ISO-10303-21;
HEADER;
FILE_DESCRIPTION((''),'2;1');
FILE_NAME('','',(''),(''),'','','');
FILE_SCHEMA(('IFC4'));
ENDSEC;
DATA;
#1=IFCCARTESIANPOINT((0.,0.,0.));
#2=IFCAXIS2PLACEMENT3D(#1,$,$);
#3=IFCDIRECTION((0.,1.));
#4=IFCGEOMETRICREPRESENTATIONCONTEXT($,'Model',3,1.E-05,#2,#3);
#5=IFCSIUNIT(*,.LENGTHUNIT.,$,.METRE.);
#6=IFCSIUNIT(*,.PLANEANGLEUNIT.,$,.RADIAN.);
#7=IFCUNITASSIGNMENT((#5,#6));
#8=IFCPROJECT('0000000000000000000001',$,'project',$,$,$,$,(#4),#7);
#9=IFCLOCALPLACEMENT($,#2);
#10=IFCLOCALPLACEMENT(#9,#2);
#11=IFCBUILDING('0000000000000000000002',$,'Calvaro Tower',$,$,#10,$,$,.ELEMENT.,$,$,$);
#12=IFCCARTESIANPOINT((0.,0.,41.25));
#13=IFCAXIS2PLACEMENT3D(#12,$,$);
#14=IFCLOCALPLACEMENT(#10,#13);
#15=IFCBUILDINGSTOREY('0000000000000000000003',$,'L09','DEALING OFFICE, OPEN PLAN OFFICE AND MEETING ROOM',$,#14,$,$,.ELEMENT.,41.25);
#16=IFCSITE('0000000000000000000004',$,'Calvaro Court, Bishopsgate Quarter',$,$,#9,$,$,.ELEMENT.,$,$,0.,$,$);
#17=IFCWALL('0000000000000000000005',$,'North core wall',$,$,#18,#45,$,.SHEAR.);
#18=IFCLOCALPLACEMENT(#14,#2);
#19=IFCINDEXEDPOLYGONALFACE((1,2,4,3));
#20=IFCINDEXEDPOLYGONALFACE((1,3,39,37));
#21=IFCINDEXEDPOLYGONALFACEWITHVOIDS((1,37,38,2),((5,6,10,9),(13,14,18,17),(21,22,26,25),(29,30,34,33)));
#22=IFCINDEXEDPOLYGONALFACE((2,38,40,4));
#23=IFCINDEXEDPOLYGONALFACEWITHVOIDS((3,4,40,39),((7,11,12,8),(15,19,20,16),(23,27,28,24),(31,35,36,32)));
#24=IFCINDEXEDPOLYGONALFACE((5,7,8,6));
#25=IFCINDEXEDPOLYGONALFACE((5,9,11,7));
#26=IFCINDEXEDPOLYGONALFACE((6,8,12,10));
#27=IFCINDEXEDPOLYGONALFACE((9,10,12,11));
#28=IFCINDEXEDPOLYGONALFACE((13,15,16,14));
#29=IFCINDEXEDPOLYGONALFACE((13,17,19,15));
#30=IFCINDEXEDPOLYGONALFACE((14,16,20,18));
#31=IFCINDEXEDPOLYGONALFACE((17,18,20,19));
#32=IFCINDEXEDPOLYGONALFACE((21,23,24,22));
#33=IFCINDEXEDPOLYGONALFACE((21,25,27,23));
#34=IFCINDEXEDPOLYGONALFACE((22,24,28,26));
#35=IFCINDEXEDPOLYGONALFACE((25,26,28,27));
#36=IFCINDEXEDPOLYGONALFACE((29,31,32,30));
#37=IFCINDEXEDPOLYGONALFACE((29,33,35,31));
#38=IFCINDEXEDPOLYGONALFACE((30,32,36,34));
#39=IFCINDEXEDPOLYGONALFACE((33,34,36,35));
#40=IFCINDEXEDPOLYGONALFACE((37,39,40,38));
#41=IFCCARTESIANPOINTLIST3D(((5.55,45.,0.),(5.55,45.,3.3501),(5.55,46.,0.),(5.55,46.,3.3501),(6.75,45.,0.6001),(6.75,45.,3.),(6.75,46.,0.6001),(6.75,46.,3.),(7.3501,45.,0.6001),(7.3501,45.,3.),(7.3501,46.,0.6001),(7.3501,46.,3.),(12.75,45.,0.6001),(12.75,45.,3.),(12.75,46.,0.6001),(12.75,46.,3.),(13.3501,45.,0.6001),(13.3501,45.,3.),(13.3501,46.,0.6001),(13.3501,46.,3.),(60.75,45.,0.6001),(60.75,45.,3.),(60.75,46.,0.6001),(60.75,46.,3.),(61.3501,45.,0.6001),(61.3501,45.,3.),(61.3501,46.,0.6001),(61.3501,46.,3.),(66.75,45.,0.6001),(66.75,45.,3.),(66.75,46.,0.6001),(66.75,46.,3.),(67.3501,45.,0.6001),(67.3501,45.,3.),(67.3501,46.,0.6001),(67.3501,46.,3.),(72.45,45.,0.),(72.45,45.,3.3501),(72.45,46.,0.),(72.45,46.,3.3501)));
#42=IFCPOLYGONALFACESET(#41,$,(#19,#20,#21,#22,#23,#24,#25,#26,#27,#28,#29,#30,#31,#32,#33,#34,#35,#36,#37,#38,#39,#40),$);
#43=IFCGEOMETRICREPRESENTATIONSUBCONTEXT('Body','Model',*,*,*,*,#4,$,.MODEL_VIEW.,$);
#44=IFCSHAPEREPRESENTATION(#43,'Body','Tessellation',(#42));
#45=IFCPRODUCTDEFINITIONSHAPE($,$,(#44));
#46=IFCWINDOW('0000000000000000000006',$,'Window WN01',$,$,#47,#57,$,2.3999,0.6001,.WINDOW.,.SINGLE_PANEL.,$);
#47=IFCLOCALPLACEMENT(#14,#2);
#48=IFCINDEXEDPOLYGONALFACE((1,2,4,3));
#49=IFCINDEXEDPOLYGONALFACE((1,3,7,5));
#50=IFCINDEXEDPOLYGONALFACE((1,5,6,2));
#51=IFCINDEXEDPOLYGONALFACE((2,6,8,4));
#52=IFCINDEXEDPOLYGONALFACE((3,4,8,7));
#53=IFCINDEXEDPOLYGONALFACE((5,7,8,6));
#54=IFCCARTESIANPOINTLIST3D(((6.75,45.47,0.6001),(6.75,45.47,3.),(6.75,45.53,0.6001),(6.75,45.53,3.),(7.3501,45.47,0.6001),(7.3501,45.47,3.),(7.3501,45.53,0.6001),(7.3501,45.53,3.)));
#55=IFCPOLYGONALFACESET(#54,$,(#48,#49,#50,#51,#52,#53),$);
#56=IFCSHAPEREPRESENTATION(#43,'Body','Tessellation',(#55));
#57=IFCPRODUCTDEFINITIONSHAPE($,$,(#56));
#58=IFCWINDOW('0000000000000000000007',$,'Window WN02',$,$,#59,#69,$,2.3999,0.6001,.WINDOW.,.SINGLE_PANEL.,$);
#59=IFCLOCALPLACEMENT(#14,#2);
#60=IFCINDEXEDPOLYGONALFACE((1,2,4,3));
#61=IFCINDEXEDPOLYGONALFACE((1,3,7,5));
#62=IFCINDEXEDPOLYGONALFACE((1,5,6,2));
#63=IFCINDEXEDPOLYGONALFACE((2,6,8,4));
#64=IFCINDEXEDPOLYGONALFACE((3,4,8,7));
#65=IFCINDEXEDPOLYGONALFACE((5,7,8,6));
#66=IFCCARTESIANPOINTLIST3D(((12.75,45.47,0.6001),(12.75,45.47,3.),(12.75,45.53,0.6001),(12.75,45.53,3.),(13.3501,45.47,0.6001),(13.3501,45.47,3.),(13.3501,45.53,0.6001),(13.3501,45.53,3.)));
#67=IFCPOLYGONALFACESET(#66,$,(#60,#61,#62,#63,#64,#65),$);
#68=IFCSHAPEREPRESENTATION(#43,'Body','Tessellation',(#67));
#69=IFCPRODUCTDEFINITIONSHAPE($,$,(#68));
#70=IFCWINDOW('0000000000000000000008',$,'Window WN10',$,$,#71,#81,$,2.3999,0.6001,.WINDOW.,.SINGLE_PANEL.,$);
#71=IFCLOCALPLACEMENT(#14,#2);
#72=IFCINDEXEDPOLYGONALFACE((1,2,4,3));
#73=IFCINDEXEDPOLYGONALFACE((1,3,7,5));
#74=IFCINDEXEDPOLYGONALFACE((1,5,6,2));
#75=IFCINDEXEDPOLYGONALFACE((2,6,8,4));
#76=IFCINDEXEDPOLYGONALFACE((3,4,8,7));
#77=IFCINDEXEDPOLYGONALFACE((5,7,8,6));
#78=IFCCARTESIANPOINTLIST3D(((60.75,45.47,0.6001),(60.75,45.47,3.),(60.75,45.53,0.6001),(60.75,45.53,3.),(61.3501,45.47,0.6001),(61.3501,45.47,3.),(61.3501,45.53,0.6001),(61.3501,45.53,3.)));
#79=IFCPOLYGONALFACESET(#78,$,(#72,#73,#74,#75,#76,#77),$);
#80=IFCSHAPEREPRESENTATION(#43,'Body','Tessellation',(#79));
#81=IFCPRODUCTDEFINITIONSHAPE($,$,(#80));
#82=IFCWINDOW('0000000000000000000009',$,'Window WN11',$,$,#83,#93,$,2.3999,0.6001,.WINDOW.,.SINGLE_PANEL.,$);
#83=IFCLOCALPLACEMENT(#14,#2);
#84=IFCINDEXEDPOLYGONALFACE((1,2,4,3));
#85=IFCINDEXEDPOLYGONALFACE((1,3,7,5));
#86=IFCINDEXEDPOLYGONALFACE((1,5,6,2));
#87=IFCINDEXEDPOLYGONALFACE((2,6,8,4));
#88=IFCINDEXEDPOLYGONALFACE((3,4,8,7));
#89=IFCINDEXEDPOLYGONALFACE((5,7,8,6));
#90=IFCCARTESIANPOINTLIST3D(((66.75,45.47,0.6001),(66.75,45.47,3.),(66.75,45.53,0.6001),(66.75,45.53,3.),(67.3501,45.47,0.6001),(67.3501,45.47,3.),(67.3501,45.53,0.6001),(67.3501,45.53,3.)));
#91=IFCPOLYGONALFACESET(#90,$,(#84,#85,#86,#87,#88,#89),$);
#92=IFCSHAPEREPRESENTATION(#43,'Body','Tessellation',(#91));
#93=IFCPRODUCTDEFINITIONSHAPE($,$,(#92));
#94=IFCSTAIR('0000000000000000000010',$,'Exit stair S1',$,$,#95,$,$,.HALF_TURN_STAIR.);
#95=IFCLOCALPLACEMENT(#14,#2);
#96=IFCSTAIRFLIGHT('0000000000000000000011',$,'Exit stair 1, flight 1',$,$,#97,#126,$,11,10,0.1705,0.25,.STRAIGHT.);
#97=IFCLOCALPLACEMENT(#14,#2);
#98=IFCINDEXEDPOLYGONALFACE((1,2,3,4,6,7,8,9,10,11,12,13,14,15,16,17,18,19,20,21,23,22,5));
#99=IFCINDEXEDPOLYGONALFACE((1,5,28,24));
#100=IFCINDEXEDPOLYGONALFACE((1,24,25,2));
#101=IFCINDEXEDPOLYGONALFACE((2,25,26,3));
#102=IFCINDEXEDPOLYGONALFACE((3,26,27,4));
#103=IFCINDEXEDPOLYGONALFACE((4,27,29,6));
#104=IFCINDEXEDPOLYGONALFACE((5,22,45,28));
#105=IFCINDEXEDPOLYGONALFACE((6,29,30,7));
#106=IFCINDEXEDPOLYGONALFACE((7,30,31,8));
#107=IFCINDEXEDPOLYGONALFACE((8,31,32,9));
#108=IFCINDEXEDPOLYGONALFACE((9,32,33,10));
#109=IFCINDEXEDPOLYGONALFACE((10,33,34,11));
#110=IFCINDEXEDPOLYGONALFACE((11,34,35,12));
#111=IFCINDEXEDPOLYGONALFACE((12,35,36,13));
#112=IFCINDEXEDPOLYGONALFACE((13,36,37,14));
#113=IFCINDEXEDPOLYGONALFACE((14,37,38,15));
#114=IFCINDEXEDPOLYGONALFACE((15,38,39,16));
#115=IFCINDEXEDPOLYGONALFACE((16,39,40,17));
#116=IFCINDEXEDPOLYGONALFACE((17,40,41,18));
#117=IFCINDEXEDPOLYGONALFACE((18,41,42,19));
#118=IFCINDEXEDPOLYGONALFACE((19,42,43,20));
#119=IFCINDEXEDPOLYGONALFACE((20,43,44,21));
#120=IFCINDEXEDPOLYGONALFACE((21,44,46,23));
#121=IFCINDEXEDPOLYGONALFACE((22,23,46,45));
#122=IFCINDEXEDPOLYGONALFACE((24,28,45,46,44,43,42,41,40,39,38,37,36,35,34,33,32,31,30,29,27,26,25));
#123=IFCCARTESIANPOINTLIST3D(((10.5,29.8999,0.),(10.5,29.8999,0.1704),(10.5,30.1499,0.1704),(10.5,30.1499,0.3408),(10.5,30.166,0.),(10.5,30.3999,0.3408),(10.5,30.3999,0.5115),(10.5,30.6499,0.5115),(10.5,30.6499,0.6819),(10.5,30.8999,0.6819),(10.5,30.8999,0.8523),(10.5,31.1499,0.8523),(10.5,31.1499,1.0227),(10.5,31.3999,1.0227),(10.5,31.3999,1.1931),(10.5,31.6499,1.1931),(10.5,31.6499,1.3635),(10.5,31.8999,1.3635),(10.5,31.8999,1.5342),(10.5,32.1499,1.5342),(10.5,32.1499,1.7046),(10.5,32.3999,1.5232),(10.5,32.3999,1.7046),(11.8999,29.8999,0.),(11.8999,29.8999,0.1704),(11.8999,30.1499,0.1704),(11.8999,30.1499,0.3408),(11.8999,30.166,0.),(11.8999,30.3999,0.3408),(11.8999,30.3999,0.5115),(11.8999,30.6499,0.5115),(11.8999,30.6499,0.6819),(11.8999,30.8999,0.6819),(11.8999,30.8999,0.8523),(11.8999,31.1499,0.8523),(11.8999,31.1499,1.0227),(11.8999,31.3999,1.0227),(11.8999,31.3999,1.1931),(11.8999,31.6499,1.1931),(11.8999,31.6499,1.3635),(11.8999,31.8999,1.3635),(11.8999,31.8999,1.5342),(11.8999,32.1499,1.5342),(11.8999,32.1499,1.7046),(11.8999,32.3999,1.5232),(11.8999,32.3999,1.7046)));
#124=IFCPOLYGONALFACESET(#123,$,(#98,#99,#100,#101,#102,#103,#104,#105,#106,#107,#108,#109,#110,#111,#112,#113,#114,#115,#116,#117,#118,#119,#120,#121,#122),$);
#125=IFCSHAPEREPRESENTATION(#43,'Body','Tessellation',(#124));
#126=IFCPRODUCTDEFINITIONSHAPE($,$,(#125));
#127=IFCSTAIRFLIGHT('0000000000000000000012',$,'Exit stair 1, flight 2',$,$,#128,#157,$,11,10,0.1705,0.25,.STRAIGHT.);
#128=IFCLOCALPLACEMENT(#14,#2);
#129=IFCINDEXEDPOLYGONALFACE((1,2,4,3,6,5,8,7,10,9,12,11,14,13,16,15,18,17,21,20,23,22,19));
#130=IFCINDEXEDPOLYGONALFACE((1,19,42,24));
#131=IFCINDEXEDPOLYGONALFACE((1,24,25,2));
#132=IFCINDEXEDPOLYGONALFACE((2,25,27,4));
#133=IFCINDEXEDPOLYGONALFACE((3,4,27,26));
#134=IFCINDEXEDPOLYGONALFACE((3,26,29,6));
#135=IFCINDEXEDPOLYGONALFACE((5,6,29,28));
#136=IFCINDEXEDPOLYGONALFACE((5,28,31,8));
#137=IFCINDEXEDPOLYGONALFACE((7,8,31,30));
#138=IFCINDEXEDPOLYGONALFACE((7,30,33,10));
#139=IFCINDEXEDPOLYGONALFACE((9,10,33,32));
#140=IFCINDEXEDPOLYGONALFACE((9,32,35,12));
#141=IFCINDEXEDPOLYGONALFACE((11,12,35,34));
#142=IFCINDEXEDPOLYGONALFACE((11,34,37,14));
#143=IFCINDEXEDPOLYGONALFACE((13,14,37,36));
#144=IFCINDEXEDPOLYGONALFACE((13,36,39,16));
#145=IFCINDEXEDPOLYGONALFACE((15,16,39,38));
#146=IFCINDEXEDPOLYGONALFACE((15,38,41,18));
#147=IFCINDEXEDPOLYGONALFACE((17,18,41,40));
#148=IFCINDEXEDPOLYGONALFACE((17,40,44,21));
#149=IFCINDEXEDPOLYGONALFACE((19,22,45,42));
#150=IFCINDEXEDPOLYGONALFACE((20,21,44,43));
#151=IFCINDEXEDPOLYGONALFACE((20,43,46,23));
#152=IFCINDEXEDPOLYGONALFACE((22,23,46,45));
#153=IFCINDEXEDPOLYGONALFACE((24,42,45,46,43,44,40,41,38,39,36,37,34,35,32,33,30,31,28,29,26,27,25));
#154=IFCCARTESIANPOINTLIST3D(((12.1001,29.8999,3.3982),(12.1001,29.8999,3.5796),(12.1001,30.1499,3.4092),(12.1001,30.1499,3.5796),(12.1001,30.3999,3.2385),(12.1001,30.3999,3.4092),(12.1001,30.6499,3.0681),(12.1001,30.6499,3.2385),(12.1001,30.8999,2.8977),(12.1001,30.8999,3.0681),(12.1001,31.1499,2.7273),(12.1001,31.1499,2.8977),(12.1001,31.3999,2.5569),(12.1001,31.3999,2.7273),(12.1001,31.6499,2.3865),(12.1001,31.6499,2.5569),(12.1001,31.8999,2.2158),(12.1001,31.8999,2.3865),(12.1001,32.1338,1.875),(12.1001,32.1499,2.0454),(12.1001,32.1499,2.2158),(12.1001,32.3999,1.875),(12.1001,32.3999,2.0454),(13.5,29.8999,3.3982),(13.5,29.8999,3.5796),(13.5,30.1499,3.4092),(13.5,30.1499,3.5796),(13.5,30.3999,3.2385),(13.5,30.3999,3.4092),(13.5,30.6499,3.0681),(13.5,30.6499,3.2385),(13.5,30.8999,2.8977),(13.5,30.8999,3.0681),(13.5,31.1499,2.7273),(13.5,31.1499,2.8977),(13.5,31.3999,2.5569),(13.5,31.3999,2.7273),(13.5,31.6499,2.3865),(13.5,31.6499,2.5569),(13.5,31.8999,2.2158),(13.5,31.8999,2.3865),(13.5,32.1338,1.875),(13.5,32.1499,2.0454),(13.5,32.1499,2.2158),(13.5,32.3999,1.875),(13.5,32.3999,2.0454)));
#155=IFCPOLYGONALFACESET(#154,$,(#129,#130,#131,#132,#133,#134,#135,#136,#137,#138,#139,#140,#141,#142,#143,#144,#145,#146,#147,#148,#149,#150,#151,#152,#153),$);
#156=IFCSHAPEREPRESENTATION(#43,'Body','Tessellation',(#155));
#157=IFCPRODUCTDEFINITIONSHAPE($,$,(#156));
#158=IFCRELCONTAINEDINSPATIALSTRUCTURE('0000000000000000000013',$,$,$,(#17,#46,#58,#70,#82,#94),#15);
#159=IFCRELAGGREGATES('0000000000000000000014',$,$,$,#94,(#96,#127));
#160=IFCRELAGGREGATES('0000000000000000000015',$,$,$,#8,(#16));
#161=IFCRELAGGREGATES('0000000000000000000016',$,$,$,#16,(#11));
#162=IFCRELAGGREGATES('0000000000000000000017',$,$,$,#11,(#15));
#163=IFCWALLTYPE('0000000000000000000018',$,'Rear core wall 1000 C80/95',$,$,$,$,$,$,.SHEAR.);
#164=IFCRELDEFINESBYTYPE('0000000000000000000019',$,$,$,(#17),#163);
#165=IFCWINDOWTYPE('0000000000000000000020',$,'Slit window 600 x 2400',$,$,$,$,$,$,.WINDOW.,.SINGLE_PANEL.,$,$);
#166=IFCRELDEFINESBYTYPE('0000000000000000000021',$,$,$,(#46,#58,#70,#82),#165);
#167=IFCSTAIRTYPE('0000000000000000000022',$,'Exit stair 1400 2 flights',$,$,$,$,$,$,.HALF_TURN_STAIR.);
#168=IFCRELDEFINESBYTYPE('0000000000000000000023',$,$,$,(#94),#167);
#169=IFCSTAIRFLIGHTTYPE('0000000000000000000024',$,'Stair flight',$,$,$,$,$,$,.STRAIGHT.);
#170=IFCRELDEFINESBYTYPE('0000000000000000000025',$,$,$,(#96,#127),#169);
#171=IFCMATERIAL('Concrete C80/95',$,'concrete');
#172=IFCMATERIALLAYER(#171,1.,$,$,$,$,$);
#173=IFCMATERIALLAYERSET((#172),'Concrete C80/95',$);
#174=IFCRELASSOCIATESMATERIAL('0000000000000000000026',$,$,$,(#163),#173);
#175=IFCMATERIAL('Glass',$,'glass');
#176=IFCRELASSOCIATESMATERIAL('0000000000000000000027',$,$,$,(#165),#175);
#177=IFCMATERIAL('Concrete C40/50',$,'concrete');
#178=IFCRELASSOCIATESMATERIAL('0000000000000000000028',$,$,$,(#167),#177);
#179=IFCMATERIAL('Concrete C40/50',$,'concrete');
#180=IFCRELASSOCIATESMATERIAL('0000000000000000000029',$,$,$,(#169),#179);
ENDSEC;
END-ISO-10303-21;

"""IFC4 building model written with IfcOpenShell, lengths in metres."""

from ifc_helpers import new_model, si_unit, direction, frame, frame_2d, origin, place, context, subcontext, project, spatial, polyline, rectangle, outline, extrude, material, layer, layer_set, type_object, element, fill, aggregate, save


model = new_model("IFC4")

# Units and contexts
model_context = context("Model", 3, precision=1e-05, world=origin(), true_north=direction((0.0, 1.0)))
body_context = subcontext(model_context, "Body", "Model", "MODEL_VIEW")
ifc_project = project(units=[si_unit("LENGTHUNIT", "METRE"), si_unit("PLANEANGLEUNIT", "RADIAN")], contexts=[model_context])

# Site, building, storey
site_placement = place(None, origin())
site = spatial("IfcSite", under=ifc_project, at=site_placement, Name="Calvaro Court, Bishopsgate Quarter", CompositionType="ELEMENT", RefElevation=0.0)
building_placement = place(site_placement, origin())
building = spatial("IfcBuilding", under=site, at=building_placement, Name="Calvaro Tower", CompositionType="ELEMENT")
storey_placement = place(building_placement, frame((0.0, 0.0, 41.25)))
storey = spatial("IfcBuildingStorey", under=building, at=storey_placement, Name="L09", Description="DEALING OFFICE, OPEN PLAN OFFICE AND MEETING ROOM", CompositionType="ELEMENT", Elevation=41.25)

# Wall, openings, windows
ifc_material_1 = material(Name="Concrete C80/95", Category="concrete")
ifc_layer_1 = layer(ifc_material_1, 1.0)
ifc_layer_set_1 = layer_set([ifc_layer_1], Name="Concrete C80/95")
wall_type_1 = type_object("IfcWallType", Name="Rear core wall 1000 C80/95", PredefinedType="SHEAR", material=ifc_layer_set_1)
wall_1_placement = place(storey_placement, frame((5.55, 45.5, 0.0), z_axis=(0.0, 0.0, 1.0), x_axis=(1.0, 0.0, 0.0)))
wall_1 = element("IfcWall", 1, at=wall_1_placement, inside=storey, type_object=wall_type_1, Name="North core wall", PredefinedType="SHEAR", context=body_context, shape_type="SweptSolid", body=[
    extrude(rectangle(XDim=66.8999, YDim=1.0, at=frame_2d((33.45, 0.0))), origin(), (0.0, 0.0, 1.0), 3.3501),
])
opening_1_placement = place(wall_1_placement, frame((1.2, 0.0, 0.6001)))
opening_1 = element("IfcOpeningElement", 2, at=opening_1_placement, cuts=wall_1, PredefinedType="OPENING", context=body_context, shape_type="SweptSolid", body=[
    extrude(rectangle(XDim=0.6001, YDim=2.3999, at=frame_2d((0.3, 1.2))), frame((0.0, 0.51, 0.0), z_axis=(0.0, -1.0, 0.0), x_axis=(1.0, 0.0, 0.0)), (0.0, 0.0, 1.0), 1.02),
])
opening_2_placement = place(wall_1_placement, frame((7.2, 0.0, 0.6001)))
opening_2 = element("IfcOpeningElement", 3, at=opening_2_placement, cuts=wall_1, PredefinedType="OPENING", context=body_context, shape_type="SweptSolid", body=[
    extrude(rectangle(XDim=0.6001, YDim=2.3999, at=frame_2d((0.3, 1.2))), frame((0.0, 0.51, 0.0), z_axis=(0.0, -1.0, 0.0), x_axis=(1.0, 0.0, 0.0)), (0.0, 0.0, 1.0), 1.02),
])
opening_3_placement = place(wall_1_placement, frame((55.2, 0.0, 0.6001)))
opening_3 = element("IfcOpeningElement", 4, at=opening_3_placement, cuts=wall_1, PredefinedType="OPENING", context=body_context, shape_type="SweptSolid", body=[
    extrude(rectangle(XDim=0.6001, YDim=2.3999, at=frame_2d((0.3, 1.2))), frame((0.0, 0.51, 0.0), z_axis=(0.0, -1.0, 0.0), x_axis=(1.0, 0.0, 0.0)), (0.0, 0.0, 1.0), 1.02),
])
opening_4_placement = place(wall_1_placement, frame((61.2, 0.0, 0.6001)))
opening_4 = element("IfcOpeningElement", 5, at=opening_4_placement, cuts=wall_1, PredefinedType="OPENING", context=body_context, shape_type="SweptSolid", body=[
    extrude(rectangle(XDim=0.6001, YDim=2.3999, at=frame_2d((0.3, 1.2))), frame((0.0, 0.51, 0.0), z_axis=(0.0, -1.0, 0.0), x_axis=(1.0, 0.0, 0.0)), (0.0, 0.0, 1.0), 1.02),
])
ifc_material_2 = material(Name="Glass", Category="glass")
window_type = type_object("IfcWindowType", Name="Slit window 600 x 2400", PartitioningType="SINGLE_PANEL", PredefinedType="WINDOW", material=ifc_material_2)
window_1_placement = place(opening_1_placement, origin())
window_1 = element("IfcWindow", 6, at=window_1_placement, inside=storey, type_object=window_type, Name="Window WN01", OverallHeight=2.3999, OverallWidth=0.6001, PartitioningType="SINGLE_PANEL", PredefinedType="WINDOW", context=body_context, shape_type="SweptSolid", body=[
    extrude(rectangle(XDim=0.6001, YDim=2.3999, at=frame_2d((0.3, 1.2))), frame((0.0, 0.03, 0.0), z_axis=(0.0, -1.0, 0.0), x_axis=(1.0, 0.0, 0.0)), (0.0, 0.0, 1.0), 0.0601),
])
fill(opening_1, window_1)
window_2_placement = place(opening_2_placement, origin())
window_2 = element("IfcWindow", 7, at=window_2_placement, inside=storey, type_object=window_type, Name="Window WN02", OverallHeight=2.3999, OverallWidth=0.6001, PartitioningType="SINGLE_PANEL", PredefinedType="WINDOW", context=body_context, shape_type="SweptSolid", body=[
    extrude(rectangle(XDim=0.6001, YDim=2.3999, at=frame_2d((0.3, 1.2))), frame((0.0, 0.03, 0.0), z_axis=(0.0, -1.0, 0.0), x_axis=(1.0, 0.0, 0.0)), (0.0, 0.0, 1.0), 0.0601),
])
fill(opening_2, window_2)
window_3_placement = place(opening_3_placement, origin())
window_3 = element("IfcWindow", 8, at=window_3_placement, inside=storey, type_object=window_type, Name="Window WN10", OverallHeight=2.3999, OverallWidth=0.6001, PartitioningType="SINGLE_PANEL", PredefinedType="WINDOW", context=body_context, shape_type="SweptSolid", body=[
    extrude(rectangle(XDim=0.6001, YDim=2.3999, at=frame_2d((0.3, 1.2))), frame((0.0, 0.03, 0.0), z_axis=(0.0, -1.0, 0.0), x_axis=(1.0, 0.0, 0.0)), (0.0, 0.0, 1.0), 0.0601),
])
fill(opening_3, window_3)
window_4_placement = place(opening_4_placement, origin())
window_4 = element("IfcWindow", 9, at=window_4_placement, inside=storey, type_object=window_type, Name="Window WN11", OverallHeight=2.3999, OverallWidth=0.6001, PartitioningType="SINGLE_PANEL", PredefinedType="WINDOW", context=body_context, shape_type="SweptSolid", body=[
    extrude(rectangle(XDim=0.6001, YDim=2.3999, at=frame_2d((0.3, 1.2))), frame((0.0, 0.03, 0.0), z_axis=(0.0, -1.0, 0.0), x_axis=(1.0, 0.0, 0.0)), (0.0, 0.0, 1.0), 0.0601),
])
fill(opening_4, window_4)

# Stair, stair flights
ifc_material_3 = material(Name="Concrete C40/50", Category="concrete")
stair_type = type_object("IfcStairType", Name="Exit stair 1400 2 flights", PredefinedType="HALF_TURN_STAIR", material=ifc_material_3)
stair_placement = place(storey_placement, origin())
stair = element("IfcStair", 10, at=stair_placement, inside=storey, type_object=stair_type, Name="Exit stair S1", PredefinedType="HALF_TURN_STAIR")
ifc_material_4 = material(Name="Concrete C40/50", Category="concrete")
stair_flight_type = type_object("IfcStairFlightType", Name="Stair flight", PredefinedType="STRAIGHT", material=ifc_material_4)
stair_flight_1_placement = place(storey_placement, frame((11.2, 29.8999, 0.0), z_axis=(0.0, 0.0, 1.0), x_axis=(0.0, 1.0, 0.0)))
stair_flight_1 = element("IfcStairFlight", 11, at=stair_flight_1_placement, type_object=stair_flight_type, Name="Exit stair 1, flight 1", NumberOfRisers=11, NumberOfTreads=10, PredefinedType="STRAIGHT", RiserHeight=0.1705, TreadLength=0.25, context=body_context, shape_type="SweptSolid", body=[
    extrude(outline(polyline([(0.0, 0.0), (0.0, 0.1704), (0.25, 0.1704), (0.25, 0.3408), (0.5, 0.3408), (0.5, 0.5115), (0.75, 0.5115), (0.75, 0.6819), (1.0, 0.6819), (1.0, 0.8523), (1.25, 0.8523), (1.25, 1.0227), (1.5, 1.0227), (1.5, 1.1931), (1.75, 1.1931), (1.75, 1.3635), (2.0, 1.3635), (2.0, 1.5342), (2.25, 1.5342), (2.25, 1.7046), (2.5, 1.7046), (2.5, 1.875), (2.5, 1.5232), (0.2661, 0.0), (0.0, 0.0)])), frame((0.0, 0.7, 0.0), z_axis=(0.0, -1.0, 0.0), x_axis=(1.0, 0.0, 0.0)), (0.0, 0.0, 1.0), 1.3999),
])
stair_flight_2_placement = place(storey_placement, frame((12.8, 32.3999, 1.875), z_axis=(0.0, 0.0, 1.0), x_axis=(0.0, -1.0, 0.0)))
stair_flight_2 = element("IfcStairFlight", 12, at=stair_flight_2_placement, type_object=stair_flight_type, Name="Exit stair 1, flight 2", NumberOfRisers=11, NumberOfTreads=10, PredefinedType="STRAIGHT", RiserHeight=0.1705, TreadLength=0.25, context=body_context, shape_type="SweptSolid", body=[
    extrude(outline(polyline([(0.0, 0.0), (0.0, 0.1704), (0.25, 0.1704), (0.25, 0.3408), (0.5, 0.3408), (0.5, 0.5115), (0.75, 0.5115), (0.75, 0.6819), (1.0, 0.6819), (1.0, 0.8523), (1.25, 0.8523), (1.25, 1.0227), (1.5, 1.0227), (1.5, 1.1931), (1.75, 1.1931), (1.75, 1.3635), (2.0, 1.3635), (2.0, 1.5342), (2.25, 1.5342), (2.25, 1.7046), (2.5, 1.7046), (2.5, 1.875), (2.5, 1.5232), (0.2661, 0.0), (0.0, 0.0)])), frame((0.0, 0.7, 0.0), z_axis=(0.0, -1.0, 0.0), x_axis=(1.0, 0.0, 0.0)), (0.0, 0.0, 1.0), 1.3999),
])
aggregate(stair, [stair_flight_1, stair_flight_2])

save(model, "model.ifc")
